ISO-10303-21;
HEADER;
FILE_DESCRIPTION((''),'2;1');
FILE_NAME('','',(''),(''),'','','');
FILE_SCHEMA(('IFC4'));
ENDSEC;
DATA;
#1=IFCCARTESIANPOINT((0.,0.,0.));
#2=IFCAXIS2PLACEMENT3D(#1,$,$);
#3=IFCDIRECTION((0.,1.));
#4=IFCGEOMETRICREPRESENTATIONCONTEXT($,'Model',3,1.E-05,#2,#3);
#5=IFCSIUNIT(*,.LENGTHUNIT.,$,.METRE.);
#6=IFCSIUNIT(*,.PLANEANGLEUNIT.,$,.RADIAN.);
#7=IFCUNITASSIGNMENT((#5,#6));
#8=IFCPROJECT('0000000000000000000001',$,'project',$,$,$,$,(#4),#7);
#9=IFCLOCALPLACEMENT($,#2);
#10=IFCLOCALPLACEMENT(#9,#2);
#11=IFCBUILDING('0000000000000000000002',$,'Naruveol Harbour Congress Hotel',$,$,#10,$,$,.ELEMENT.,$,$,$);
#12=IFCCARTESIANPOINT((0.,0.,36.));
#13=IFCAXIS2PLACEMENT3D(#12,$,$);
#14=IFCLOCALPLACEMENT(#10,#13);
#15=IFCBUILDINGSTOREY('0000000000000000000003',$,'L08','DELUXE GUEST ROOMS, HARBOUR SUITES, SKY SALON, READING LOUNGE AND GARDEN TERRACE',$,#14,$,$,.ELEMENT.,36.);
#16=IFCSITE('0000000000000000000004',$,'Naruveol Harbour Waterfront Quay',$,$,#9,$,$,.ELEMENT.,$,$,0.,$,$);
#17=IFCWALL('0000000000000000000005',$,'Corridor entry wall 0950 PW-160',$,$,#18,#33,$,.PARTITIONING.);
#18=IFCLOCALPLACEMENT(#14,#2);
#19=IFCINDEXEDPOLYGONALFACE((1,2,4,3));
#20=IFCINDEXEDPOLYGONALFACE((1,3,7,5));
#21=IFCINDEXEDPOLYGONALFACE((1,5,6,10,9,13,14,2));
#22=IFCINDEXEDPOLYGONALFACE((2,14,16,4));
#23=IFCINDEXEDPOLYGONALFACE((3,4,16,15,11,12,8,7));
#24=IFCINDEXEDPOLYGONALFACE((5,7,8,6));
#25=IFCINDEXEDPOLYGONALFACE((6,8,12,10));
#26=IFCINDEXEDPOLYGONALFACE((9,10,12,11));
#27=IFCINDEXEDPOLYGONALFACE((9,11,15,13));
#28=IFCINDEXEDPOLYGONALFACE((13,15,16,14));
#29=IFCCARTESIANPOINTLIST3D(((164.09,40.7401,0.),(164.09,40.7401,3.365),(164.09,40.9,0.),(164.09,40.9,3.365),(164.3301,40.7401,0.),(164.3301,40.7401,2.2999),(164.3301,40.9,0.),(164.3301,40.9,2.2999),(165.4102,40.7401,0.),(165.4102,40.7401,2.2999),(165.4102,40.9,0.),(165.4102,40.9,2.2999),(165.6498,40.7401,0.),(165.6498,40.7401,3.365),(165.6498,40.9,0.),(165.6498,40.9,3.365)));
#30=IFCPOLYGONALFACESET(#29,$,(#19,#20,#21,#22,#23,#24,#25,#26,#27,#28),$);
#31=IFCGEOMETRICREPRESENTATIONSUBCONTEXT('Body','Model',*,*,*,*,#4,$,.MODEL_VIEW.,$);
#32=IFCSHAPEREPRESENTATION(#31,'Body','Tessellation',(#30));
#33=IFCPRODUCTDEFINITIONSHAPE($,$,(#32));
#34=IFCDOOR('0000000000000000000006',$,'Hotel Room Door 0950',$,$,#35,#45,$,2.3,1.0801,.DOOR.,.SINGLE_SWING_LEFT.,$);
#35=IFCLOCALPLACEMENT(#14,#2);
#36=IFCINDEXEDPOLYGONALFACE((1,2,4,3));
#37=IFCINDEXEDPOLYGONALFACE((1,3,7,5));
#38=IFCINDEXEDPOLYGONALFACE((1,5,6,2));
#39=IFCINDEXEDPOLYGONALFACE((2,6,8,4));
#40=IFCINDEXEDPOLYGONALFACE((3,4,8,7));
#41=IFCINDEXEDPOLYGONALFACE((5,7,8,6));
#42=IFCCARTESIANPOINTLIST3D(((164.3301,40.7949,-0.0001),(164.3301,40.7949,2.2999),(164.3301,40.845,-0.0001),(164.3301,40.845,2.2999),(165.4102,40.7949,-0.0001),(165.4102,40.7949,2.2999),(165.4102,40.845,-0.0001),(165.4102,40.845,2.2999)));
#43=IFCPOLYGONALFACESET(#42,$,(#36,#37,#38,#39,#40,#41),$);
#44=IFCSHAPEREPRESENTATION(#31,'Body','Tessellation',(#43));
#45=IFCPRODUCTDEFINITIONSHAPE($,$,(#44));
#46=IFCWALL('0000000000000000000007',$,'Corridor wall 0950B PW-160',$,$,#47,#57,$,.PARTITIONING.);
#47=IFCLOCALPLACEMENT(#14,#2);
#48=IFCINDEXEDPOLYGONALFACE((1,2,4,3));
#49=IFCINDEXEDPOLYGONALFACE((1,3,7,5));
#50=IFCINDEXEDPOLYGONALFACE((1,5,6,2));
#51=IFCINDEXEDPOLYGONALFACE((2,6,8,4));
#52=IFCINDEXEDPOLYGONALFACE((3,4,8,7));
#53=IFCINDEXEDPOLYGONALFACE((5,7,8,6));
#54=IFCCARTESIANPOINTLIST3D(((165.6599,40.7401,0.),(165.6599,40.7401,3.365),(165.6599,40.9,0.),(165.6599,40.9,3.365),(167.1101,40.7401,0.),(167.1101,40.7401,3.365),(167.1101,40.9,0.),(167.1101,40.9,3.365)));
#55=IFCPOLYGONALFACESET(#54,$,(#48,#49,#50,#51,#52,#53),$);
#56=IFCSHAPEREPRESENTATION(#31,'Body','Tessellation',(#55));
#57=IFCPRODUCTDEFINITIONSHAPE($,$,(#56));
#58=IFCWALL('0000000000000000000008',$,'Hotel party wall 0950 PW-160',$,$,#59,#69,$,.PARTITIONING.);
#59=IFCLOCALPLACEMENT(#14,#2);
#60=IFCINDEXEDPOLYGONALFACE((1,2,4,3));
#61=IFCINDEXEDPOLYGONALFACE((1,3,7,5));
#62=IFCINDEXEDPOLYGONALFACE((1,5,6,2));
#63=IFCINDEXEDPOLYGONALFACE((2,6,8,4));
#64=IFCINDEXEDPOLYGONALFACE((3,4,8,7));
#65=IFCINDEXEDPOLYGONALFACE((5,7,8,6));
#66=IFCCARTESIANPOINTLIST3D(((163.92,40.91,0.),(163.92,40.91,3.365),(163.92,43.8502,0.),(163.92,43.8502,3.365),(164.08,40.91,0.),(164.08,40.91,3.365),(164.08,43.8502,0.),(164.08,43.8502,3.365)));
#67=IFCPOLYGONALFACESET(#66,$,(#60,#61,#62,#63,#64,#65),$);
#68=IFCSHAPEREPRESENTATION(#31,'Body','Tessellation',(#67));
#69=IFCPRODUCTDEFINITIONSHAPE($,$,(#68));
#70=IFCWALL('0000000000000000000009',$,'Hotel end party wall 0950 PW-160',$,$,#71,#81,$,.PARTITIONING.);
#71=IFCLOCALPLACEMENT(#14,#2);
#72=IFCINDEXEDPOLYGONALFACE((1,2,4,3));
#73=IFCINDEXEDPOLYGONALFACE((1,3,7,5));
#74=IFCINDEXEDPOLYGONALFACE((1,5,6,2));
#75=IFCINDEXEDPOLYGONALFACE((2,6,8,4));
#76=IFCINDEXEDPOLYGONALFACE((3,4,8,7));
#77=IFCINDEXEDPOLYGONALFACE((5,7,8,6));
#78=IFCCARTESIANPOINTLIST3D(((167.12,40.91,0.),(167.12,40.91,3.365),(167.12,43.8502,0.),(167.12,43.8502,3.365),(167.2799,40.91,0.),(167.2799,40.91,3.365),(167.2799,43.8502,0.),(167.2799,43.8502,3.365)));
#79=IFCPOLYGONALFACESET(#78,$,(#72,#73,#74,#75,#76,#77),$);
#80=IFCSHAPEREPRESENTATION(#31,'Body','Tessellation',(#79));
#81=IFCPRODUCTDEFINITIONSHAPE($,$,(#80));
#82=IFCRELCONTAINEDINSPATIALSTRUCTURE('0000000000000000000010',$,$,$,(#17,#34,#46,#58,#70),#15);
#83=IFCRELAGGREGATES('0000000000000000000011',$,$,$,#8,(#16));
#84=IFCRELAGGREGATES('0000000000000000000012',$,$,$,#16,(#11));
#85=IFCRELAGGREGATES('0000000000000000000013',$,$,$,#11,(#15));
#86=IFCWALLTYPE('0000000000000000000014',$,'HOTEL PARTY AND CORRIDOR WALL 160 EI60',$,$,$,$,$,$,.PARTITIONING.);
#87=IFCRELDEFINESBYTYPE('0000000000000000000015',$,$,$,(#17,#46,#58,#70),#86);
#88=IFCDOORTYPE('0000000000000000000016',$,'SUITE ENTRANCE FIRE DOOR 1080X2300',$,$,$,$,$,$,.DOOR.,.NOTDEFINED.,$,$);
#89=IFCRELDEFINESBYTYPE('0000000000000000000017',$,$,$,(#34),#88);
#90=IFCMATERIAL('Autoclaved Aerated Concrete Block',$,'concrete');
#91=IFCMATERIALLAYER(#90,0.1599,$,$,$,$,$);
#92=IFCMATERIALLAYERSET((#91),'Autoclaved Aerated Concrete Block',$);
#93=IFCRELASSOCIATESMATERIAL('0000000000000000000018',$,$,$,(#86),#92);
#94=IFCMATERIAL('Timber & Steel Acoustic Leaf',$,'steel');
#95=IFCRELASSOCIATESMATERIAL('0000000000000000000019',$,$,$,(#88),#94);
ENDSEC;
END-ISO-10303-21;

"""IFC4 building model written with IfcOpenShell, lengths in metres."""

from ifc_helpers import new_model, si_unit, direction, frame, frame_2d, origin, place, context, subcontext, project, spatial, rectangle, extrude, material, layer, layer_set, type_object, element, fill, save


model = new_model("IFC4")

# Units and contexts
model_context = context("Model", 3, precision=1e-05, world=origin(), true_north=direction((0.0, 1.0)))
body_context = subcontext(model_context, "Body", "Model", "MODEL_VIEW")
ifc_project = project(units=[si_unit("LENGTHUNIT", "METRE"), si_unit("PLANEANGLEUNIT", "RADIAN")], contexts=[model_context])

# Site, building, storey
site_placement = place(None, origin())
site = spatial("IfcSite", under=ifc_project, at=site_placement, Name="Naruveol Harbour Waterfront Quay", CompositionType="ELEMENT", RefElevation=0.0)
building_placement = place(site_placement, origin())
building = spatial("IfcBuilding", under=site, at=building_placement, Name="Naruveol Harbour Congress Hotel", CompositionType="ELEMENT")
storey_placement = place(building_placement, frame((0.0, 0.0, 36.0)))
storey = spatial("IfcBuildingStorey", under=building, at=storey_placement, Name="L08", Description="DELUXE GUEST ROOMS, HARBOUR SUITES, SKY SALON, READING LOUNGE AND GARDEN TERRACE", CompositionType="ELEMENT", Elevation=36.0)

# Shared definitions
ifc_material_1 = material(Name="Autoclaved Aerated Concrete Block", Category="concrete")
ifc_layer_1 = layer(ifc_material_1, 0.1599)
ifc_layer_set_1 = layer_set([ifc_layer_1], Name="Autoclaved Aerated Concrete Block")
wall_type_1 = type_object("IfcWallType", Name="HOTEL PARTY AND CORRIDOR WALL 160 EI60", PredefinedType="PARTITIONING", material=ifc_layer_set_1)

# Wall, opening, door
wall_1_placement = place(storey_placement, frame((164.0901, 40.8201, 0.0), z_axis=(0.0, 0.0, 1.0), x_axis=(1.0, 0.0, 0.0)))
wall_1 = element("IfcWall", 1, at=wall_1_placement, inside=storey, type_object=wall_type_1, Name="Corridor entry wall 0950 PW-160", PredefinedType="PARTITIONING", context=body_context, shape_type="SweptSolid", body=[
    extrude(rectangle(XDim=1.5598, YDim=0.1599, at=frame_2d((0.7798, 0.0))), origin(), (0.0, 0.0, 1.0), 3.365),
])
opening_1_placement = place(wall_1_placement, frame((0.24, 0.0, 0.0)))
opening_1 = element("IfcOpeningElement", 2, at=opening_1_placement, cuts=wall_1, PredefinedType="OPENING", context=body_context, shape_type="SweptSolid", body=[
    extrude(rectangle(XDim=1.0801, YDim=2.3, at=frame_2d((0.54, 1.1499))), frame((0.0, 0.0898, 0.0), z_axis=(0.0, -1.0, 0.0), x_axis=(1.0, 0.0, 0.0)), (0.0, 0.0, 1.0), 0.1799),
])
ifc_material_2 = material(Name="Timber & Steel Acoustic Leaf", Category="steel")
door_type_1 = type_object("IfcDoorType", Name="SUITE ENTRANCE FIRE DOOR 1080X2300", OperationType="NOTDEFINED", PredefinedType="DOOR", material=ifc_material_2)
door_1_placement = place(opening_1_placement, origin())
door_1 = element("IfcDoor", 3, at=door_1_placement, inside=storey, type_object=door_type_1, Name="Hotel Room Door 0950", OperationType="SINGLE_SWING_LEFT", OverallHeight=2.3, OverallWidth=1.0801, PredefinedType="DOOR", context=body_context, shape_type="SweptSolid", body=[
    extrude(rectangle(XDim=1.0801, YDim=2.3, at=frame_2d((0.54, 1.1499))), frame((0.0, 0.0249, 0.0), z_axis=(0.0, -1.0, 0.0), x_axis=(1.0, 0.0, 0.0)), (0.0, 0.0, 1.0), 0.05),
])
fill(opening_1, door_1)

# Walls
wall_2_placement = place(storey_placement, frame((165.6599, 40.8201, 0.0), z_axis=(0.0, 0.0, 1.0), x_axis=(1.0, 0.0, 0.0)))
element("IfcWall", 4, at=wall_2_placement, inside=storey, type_object=wall_type_1, Name="Corridor wall 0950B PW-160", PredefinedType="PARTITIONING", context=body_context, shape_type="SweptSolid", body=[
    extrude(rectangle(XDim=1.4502, YDim=0.1599, at=frame_2d((0.7251, 0.0))), origin(), (0.0, 0.0, 1.0), 3.365),
])
for number, where, z_axis, x_axis, name in (
    (5, (164.0, 40.9099, 0.0), (0.0, 0.0, 1.0), (0.0, 1.0, 0.0), "Hotel party wall 0950 PW-160"),
    (6, (167.2, 40.9099, 0.0), (0.0, 0.0, 1.0), (0.0, 1.0, 0.0), "Hotel end party wall 0950 PW-160"),
):
    element("IfcWall", number, at=place(storey_placement, frame(where, z_axis=z_axis, x_axis=x_axis)), inside=storey, type_object=wall_type_1, Name=name, PredefinedType="PARTITIONING", context=body_context, shape_type="SweptSolid", body=[
        extrude(rectangle(XDim=2.9402, YDim=0.1599, at=frame_2d((1.4702, 0.0))), origin(), (0.0, 0.0, 1.0), 3.365),
    ])

save(model, "model.ifc")
